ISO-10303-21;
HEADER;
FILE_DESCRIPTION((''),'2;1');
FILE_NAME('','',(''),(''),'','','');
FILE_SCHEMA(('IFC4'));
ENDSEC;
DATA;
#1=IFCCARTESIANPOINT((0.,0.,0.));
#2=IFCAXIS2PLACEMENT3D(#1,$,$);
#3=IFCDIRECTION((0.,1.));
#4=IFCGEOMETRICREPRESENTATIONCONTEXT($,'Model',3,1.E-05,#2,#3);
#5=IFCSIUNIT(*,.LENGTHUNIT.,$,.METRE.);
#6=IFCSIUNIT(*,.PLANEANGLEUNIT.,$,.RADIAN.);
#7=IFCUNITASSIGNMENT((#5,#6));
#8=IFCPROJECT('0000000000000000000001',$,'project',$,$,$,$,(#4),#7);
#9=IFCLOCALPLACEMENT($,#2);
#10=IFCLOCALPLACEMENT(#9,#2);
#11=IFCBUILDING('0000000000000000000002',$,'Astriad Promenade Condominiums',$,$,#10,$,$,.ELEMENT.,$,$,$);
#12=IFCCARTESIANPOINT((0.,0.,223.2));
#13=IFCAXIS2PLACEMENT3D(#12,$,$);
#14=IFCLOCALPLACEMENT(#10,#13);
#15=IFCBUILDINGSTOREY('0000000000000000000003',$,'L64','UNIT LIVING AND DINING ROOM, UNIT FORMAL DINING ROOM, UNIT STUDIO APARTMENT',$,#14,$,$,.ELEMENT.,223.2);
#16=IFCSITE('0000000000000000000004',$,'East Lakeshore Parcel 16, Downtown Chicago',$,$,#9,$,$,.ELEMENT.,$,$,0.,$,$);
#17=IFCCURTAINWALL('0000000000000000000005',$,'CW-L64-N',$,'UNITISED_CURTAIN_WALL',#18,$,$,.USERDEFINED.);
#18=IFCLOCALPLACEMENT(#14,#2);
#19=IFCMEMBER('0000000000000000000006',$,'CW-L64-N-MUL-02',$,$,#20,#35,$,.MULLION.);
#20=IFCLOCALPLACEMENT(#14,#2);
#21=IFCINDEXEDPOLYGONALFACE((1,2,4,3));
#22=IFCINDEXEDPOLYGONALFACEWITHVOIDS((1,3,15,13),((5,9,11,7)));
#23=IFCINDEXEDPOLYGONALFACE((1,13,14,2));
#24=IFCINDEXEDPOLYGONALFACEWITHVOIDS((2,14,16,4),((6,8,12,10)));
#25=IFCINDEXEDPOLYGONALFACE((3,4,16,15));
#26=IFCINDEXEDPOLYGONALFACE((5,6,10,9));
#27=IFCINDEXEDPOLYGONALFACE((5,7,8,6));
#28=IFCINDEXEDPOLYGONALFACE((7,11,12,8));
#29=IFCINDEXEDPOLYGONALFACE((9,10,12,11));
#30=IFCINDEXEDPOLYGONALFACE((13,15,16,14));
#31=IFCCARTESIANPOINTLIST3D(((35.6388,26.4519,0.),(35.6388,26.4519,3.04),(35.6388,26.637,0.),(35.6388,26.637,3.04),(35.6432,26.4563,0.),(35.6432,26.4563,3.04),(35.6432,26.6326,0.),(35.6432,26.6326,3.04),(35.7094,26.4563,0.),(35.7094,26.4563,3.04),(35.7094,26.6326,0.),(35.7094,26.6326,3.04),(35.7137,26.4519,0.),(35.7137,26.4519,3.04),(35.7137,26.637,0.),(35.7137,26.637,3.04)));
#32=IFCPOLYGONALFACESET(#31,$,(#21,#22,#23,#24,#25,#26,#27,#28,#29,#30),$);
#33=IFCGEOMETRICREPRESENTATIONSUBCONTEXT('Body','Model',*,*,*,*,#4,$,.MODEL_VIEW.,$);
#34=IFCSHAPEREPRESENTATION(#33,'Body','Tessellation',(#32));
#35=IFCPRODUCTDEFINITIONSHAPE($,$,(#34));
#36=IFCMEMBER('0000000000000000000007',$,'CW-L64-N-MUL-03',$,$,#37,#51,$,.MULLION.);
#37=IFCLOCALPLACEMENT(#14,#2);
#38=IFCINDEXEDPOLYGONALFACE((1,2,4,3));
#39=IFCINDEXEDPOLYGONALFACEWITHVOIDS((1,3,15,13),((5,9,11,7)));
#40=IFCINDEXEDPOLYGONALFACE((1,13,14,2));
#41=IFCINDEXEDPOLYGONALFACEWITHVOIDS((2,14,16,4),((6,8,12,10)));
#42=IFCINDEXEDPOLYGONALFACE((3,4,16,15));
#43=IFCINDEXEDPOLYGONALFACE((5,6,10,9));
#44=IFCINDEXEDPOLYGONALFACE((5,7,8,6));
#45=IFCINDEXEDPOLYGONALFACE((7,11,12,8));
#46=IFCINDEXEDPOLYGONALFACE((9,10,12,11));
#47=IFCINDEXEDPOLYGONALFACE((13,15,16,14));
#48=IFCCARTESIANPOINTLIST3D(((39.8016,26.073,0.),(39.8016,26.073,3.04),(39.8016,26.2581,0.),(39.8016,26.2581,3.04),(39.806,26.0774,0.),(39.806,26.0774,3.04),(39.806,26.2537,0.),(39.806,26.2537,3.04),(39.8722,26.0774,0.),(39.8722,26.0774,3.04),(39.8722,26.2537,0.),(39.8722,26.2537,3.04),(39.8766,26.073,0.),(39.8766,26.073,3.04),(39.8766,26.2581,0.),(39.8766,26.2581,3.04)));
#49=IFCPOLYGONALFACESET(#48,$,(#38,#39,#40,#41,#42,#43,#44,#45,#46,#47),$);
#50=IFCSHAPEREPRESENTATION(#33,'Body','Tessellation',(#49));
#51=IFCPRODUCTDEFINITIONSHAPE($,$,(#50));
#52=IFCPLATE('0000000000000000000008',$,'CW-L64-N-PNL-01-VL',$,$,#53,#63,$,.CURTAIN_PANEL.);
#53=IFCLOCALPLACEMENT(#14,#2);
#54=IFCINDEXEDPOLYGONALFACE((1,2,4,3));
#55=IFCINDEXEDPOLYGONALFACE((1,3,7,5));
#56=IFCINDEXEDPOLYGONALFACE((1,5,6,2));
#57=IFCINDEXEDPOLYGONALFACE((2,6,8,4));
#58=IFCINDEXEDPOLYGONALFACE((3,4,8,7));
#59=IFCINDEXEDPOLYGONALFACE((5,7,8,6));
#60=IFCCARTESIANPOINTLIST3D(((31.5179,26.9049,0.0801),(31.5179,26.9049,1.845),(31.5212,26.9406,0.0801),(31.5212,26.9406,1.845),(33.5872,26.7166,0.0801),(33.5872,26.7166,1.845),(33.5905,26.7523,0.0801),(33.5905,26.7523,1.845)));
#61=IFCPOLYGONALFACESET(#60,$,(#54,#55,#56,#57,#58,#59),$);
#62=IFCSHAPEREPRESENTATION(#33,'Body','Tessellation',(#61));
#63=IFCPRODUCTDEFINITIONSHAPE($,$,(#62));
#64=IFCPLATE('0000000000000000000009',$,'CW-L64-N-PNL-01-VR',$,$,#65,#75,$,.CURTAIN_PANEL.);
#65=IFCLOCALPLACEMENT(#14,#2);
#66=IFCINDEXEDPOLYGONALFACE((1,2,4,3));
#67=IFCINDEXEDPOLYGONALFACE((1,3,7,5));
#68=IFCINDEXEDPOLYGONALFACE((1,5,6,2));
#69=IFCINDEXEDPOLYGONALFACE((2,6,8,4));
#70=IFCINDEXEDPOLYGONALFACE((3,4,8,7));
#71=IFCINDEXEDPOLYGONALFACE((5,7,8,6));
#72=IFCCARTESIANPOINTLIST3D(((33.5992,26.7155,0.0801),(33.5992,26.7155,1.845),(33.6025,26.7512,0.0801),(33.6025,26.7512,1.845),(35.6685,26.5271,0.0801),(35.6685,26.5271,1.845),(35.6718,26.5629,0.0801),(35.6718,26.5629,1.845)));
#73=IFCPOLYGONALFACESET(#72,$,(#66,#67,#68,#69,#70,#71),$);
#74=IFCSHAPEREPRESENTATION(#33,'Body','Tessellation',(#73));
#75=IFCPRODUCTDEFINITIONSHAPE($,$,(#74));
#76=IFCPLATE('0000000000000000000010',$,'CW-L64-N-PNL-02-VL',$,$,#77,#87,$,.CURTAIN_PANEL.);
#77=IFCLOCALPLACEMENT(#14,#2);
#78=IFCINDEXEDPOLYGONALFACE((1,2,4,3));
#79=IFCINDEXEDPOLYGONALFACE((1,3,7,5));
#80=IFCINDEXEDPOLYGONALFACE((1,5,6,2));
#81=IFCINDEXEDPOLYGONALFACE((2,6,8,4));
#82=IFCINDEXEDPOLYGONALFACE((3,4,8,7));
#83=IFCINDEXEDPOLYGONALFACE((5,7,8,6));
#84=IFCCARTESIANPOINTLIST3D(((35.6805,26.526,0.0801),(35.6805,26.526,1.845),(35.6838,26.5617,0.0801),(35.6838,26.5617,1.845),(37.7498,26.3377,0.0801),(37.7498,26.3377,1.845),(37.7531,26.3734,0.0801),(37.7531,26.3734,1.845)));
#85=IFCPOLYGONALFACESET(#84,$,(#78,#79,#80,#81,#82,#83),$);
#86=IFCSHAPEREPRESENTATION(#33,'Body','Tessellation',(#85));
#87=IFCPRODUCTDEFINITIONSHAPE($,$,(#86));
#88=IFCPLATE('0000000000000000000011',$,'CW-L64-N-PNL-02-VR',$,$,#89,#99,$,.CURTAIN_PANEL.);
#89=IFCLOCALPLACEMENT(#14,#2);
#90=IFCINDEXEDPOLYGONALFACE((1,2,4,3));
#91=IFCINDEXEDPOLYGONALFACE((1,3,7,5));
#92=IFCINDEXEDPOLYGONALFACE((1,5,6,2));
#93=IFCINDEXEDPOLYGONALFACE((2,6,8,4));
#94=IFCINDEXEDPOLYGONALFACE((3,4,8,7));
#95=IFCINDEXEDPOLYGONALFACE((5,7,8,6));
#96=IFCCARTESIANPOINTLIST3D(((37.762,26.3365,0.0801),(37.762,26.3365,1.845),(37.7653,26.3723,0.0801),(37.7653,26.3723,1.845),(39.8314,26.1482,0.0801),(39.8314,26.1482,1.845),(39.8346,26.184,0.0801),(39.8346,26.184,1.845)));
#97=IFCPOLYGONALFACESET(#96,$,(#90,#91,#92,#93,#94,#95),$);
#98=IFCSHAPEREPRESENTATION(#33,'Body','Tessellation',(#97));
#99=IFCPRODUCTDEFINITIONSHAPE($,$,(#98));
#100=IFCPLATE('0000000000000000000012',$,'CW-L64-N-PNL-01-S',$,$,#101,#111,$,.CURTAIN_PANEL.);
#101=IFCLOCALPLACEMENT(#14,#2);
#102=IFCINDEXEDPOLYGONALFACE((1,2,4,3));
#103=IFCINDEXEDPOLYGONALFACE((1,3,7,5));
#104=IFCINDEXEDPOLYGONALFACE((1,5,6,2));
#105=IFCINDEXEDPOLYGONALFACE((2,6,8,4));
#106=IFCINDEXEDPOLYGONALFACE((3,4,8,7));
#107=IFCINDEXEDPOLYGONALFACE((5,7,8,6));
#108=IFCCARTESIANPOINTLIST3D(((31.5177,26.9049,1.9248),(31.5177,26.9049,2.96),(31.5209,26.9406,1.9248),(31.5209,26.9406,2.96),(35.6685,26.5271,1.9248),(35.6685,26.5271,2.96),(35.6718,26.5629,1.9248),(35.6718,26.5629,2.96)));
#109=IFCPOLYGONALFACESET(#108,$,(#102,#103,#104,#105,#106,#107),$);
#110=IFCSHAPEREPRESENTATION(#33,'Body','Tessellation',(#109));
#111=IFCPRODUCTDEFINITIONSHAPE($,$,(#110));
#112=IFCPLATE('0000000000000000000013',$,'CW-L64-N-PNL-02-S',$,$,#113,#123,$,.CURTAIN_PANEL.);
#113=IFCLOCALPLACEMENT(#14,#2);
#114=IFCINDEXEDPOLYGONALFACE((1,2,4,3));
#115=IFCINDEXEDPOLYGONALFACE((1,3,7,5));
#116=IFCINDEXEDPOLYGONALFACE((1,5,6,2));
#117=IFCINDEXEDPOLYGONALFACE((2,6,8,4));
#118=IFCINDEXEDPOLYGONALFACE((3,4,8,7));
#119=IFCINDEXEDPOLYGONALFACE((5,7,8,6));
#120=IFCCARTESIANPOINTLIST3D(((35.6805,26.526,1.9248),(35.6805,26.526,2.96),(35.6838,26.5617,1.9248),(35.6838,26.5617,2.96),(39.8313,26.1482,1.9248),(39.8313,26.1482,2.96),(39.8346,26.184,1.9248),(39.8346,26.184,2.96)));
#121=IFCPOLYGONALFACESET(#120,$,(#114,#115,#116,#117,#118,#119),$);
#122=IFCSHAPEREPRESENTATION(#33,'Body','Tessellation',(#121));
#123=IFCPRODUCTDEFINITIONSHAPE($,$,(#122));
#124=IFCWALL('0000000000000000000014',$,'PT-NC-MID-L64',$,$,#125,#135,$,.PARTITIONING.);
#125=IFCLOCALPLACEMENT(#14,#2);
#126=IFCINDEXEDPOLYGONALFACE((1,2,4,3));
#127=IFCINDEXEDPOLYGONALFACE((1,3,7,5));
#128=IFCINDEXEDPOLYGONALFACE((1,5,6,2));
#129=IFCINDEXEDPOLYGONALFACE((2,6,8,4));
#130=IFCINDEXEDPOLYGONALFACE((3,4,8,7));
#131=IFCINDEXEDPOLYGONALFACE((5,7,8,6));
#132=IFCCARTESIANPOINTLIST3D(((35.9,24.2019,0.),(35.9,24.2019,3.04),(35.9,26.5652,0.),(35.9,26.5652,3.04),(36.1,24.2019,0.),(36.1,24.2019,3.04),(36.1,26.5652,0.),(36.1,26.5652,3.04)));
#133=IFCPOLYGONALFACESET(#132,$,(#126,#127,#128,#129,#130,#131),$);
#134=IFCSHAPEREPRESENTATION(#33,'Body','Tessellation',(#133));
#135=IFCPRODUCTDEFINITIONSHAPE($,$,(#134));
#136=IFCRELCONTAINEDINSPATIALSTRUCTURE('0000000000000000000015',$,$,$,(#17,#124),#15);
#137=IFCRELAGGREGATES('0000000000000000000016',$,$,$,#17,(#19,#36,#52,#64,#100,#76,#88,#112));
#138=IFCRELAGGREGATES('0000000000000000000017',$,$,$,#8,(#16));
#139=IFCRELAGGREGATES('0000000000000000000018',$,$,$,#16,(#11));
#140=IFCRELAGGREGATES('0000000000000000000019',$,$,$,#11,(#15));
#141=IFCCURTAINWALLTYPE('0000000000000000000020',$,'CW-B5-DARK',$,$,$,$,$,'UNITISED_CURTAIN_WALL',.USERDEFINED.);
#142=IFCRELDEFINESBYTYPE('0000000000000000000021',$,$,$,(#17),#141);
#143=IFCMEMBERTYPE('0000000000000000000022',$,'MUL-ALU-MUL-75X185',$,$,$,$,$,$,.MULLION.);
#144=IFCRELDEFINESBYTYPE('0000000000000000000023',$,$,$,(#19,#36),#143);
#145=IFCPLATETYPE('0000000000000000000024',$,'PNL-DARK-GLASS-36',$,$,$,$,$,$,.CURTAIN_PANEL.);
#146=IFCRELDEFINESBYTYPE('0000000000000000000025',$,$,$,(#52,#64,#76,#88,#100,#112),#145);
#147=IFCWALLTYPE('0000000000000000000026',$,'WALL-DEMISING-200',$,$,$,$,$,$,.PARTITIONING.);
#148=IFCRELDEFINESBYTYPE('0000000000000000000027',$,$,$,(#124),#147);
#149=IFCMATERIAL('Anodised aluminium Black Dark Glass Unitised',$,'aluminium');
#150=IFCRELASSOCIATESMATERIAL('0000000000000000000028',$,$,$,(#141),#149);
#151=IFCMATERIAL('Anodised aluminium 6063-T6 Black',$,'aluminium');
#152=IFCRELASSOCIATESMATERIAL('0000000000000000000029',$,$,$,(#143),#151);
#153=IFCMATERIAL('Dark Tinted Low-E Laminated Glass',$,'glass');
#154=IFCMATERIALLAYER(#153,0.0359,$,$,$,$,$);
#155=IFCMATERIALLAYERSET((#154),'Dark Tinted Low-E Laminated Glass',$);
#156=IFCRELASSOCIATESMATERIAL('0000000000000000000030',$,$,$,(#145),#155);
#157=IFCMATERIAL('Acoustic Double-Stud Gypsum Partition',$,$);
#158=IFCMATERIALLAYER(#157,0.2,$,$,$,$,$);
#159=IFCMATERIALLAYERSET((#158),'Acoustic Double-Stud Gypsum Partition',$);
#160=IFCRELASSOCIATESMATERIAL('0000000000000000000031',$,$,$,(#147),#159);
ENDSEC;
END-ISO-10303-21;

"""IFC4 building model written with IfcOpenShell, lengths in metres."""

from ifc_helpers import new_model, si_unit, direction, frame, frame_2d, origin, origin_2d, place, context, subcontext, project, spatial, rectangle, hollow_rectangle, extrude, source, transform, mapped, material, layer, layer_set, material_profile, profile_set, type_object, type_shapes, element, aggregate, save


model = new_model("IFC4")

# Units and contexts
model_context = context("Model", 3, precision=1e-05, world=origin(), true_north=direction((0.0, 1.0)))
body_context = subcontext(model_context, "Body", "Model", "MODEL_VIEW")
ifc_project = project(units=[si_unit("LENGTHUNIT", "METRE"), si_unit("PLANEANGLEUNIT", "RADIAN")], contexts=[model_context])

# Site, building, storey
site_placement = place(None, origin())
site = spatial("IfcSite", under=ifc_project, at=site_placement, Name="East Lakeshore Parcel 16, Downtown Chicago", CompositionType="ELEMENT", RefElevation=0.0)
building_placement = place(site_placement, origin())
building = spatial("IfcBuilding", under=site, at=building_placement, Name="Astriad Promenade Condominiums", CompositionType="ELEMENT")
storey_placement = place(building_placement, frame((0.0, 0.0, 223.2)))
storey = spatial("IfcBuildingStorey", under=building, at=storey_placement, Name="L64", Description="UNIT LIVING AND DINING ROOM, UNIT FORMAL DINING ROOM, UNIT STUDIO APARTMENT", CompositionType="ELEMENT", Elevation=223.2)

# Curtain wall, members, plates
ifc_material_1 = material(Name="Anodised aluminium Black Dark Glass Unitised", Category="aluminium")
curtain_wall_type = type_object("IfcCurtainWallType", Name="CW-B5-DARK", ElementType="UNITISED_CURTAIN_WALL", PredefinedType="USERDEFINED", material=ifc_material_1)
curtain_wall_placement = place(storey_placement, origin())
curtain_wall = element("IfcCurtainWall", 1, at=curtain_wall_placement, inside=storey, type_object=curtain_wall_type, Name="CW-L64-N", ObjectType="UNITISED_CURTAIN_WALL", PredefinedType="USERDEFINED")
ifc_material_2 = material(Name="Anodised aluminium 6063-T6 Black", Category="aluminium")
ifc_material_profile_1 = material_profile(ifc_material_2, hollow_rectangle(XDim=0.075, YDim=0.1851, WallThickness=0.0044, at=origin_2d()), Name="ALU-MUL-75X185")
ifc_profile_set_1 = profile_set([ifc_material_profile_1], Name="Anodised aluminium 6063-T6 Black")
member_type_1 = type_object("IfcMemberType", Name="MUL-ALU-MUL-75X185", PredefinedType="MULLION", material=ifc_profile_set_1)
shared_shape_1 = source(origin(), body_context, "Body", "SweptSolid", [
    extrude(hollow_rectangle(XDim=0.075, YDim=0.1851, WallThickness=0.0044, at=origin_2d()), origin(), (0.0, 0.0, 1.0), 3.04),
])
type_shapes(member_type_1, [shared_shape_1])
member_1_placement = place(storey_placement, frame((35.6763, 26.5444, 0.0), z_axis=(0.0, 0.0, 1.0), x_axis=(1.0, 0.0, 0.0)))
member_1 = element("IfcMember", 2, at=member_1_placement, type_object=member_type_1, Name="CW-L64-N-MUL-02", PredefinedType="MULLION", context=body_context, shape_type="MappedRepresentation", body=[
    mapped(shared_shape_1, transform((0.0, 0.0, 0.0), scale=1.0)),
])
member_2_placement = place(storey_placement, frame((39.8391, 26.1655, 0.0), z_axis=(0.0, 0.0, 1.0), x_axis=(1.0, 0.0, 0.0)))
member_2 = element("IfcMember", 3, at=member_2_placement, type_object=member_type_1, Name="CW-L64-N-MUL-03", PredefinedType="MULLION", context=body_context, shape_type="MappedRepresentation", body=[
    mapped(shared_shape_1, transform((0.0, 0.0, 0.0), scale=1.0)),
])
ifc_material_3 = material(Name="Dark Tinted Low-E Laminated Glass", Category="glass")
ifc_layer_1 = layer(ifc_material_3, 0.0359)
ifc_layer_set_1 = layer_set([ifc_layer_1], Name="Dark Tinted Low-E Laminated Glass")
plate_type = type_object("IfcPlateType", Name="PNL-DARK-GLASS-36", PredefinedType="CURTAIN_PANEL", material=ifc_layer_set_1)
shared_shape_2 = source(origin(), body_context, "Body", "SweptSolid", [
    extrude(rectangle(XDim=2.0779, YDim=0.0359, at=origin_2d()), origin(), (0.0, 0.0, 1.0), 1.7649),
])
plate_1_placement = place(storey_placement, frame((32.5542, 26.8286, 0.0801), z_axis=(0.0, 0.0, 1.0), x_axis=(0.995884, -0.090633, 0.0)))
plate_1 = element("IfcPlate", 4, at=plate_1_placement, type_object=plate_type, Name="CW-L64-N-PNL-01-VL", PredefinedType="CURTAIN_PANEL", context=body_context, shape_type="MappedRepresentation", body=[
    mapped(shared_shape_2, transform((0.0, 0.0, 0.0), scale=1.0)),
])
plate_2_placement = place(storey_placement, frame((34.6355, 26.6392, 0.0801), z_axis=(0.0, 0.0, 1.0), x_axis=(0.995884, -0.090633, 0.0)))
plate_2 = element("IfcPlate", 5, at=plate_2_placement, type_object=plate_type, Name="CW-L64-N-PNL-01-VR", PredefinedType="CURTAIN_PANEL", context=body_context, shape_type="MappedRepresentation", body=[
    mapped(shared_shape_2, transform((0.0, 0.0, 0.0), scale=1.0)),
])
plate_3_placement = place(storey_placement, frame((36.7168, 26.4497, 0.0801), z_axis=(0.0, 0.0, 1.0), x_axis=(0.995884, -0.090633, 0.0)))
plate_3 = element("IfcPlate", 6, at=plate_3_placement, type_object=plate_type, Name="CW-L64-N-PNL-02-VL", PredefinedType="CURTAIN_PANEL", context=body_context, shape_type="MappedRepresentation", body=[
    mapped(shared_shape_2, transform((0.0, 0.0, 0.0), scale=1.0)),
])
plate_4_placement = place(storey_placement, frame((38.7983, 26.2603, 0.0801), z_axis=(0.0, 0.0, 1.0), x_axis=(0.995884, -0.090633, 0.0)))
plate_4 = element("IfcPlate", 7, at=plate_4_placement, type_object=plate_type, Name="CW-L64-N-PNL-02-VR", PredefinedType="CURTAIN_PANEL", context=body_context, shape_type="MappedRepresentation", body=[
    mapped(shared_shape_2, transform((0.0, 0.0, 0.0), scale=1.0)),
])
shared_shape_3 = source(origin(), body_context, "Body", "SweptSolid", [
    extrude(rectangle(XDim=4.168, YDim=0.0359, at=origin_2d()), origin(), (0.0, 0.0, 1.0), 1.0352),
])
type_shapes(plate_type, [shared_shape_2, shared_shape_3])
plate_5_placement = place(storey_placement, frame((33.5947, 26.7339, 1.9248), z_axis=(0.0, 0.0, 1.0), x_axis=(0.995884, -0.090633, 0.0)))
plate_5 = element("IfcPlate", 8, at=plate_5_placement, type_object=plate_type, Name="CW-L64-N-PNL-01-S", PredefinedType="CURTAIN_PANEL", context=body_context, shape_type="MappedRepresentation", body=[
    mapped(shared_shape_3, transform((0.0, 0.0, 0.0), scale=1.0)),
])
plate_6_placement = place(storey_placement, frame((37.7576, 26.355, 1.9248), z_axis=(0.0, 0.0, 1.0), x_axis=(0.995884, -0.090633, 0.0)))
plate_6 = element("IfcPlate", 9, at=plate_6_placement, type_object=plate_type, Name="CW-L64-N-PNL-02-S", PredefinedType="CURTAIN_PANEL", context=body_context, shape_type="MappedRepresentation", body=[
    mapped(shared_shape_3, transform((0.0, 0.0, 0.0), scale=1.0)),
])
aggregate(curtain_wall, [member_1, member_2, plate_1, plate_2, plate_5, plate_3, plate_4, plate_6])

# Wall
ifc_material_4 = material(Name="Acoustic Double-Stud Gypsum Partition")
ifc_layer_2 = layer(ifc_material_4, 0.2)
ifc_layer_set_2 = layer_set([ifc_layer_2], Name="Acoustic Double-Stud Gypsum Partition")
wall_type_1 = type_object("IfcWallType", Name="WALL-DEMISING-200", PredefinedType="PARTITIONING", material=ifc_layer_set_2)
wall_1_placement = place(storey_placement, frame((36.0, 24.2019, 0.0), z_axis=(0.0, 0.0, 1.0), x_axis=(0.0, 1.0, 0.0)))
element("IfcWall", 10, at=wall_1_placement, inside=storey, type_object=wall_type_1, Name="PT-NC-MID-L64", PredefinedType="PARTITIONING", context=body_context, shape_type="SweptSolid", body=[
    extrude(rectangle(XDim=2.3633, YDim=0.2, at=frame_2d((1.1816, 0.0))), origin(), (0.0, 0.0, 1.0), 3.04),
])

save(model, "model.ifc")
